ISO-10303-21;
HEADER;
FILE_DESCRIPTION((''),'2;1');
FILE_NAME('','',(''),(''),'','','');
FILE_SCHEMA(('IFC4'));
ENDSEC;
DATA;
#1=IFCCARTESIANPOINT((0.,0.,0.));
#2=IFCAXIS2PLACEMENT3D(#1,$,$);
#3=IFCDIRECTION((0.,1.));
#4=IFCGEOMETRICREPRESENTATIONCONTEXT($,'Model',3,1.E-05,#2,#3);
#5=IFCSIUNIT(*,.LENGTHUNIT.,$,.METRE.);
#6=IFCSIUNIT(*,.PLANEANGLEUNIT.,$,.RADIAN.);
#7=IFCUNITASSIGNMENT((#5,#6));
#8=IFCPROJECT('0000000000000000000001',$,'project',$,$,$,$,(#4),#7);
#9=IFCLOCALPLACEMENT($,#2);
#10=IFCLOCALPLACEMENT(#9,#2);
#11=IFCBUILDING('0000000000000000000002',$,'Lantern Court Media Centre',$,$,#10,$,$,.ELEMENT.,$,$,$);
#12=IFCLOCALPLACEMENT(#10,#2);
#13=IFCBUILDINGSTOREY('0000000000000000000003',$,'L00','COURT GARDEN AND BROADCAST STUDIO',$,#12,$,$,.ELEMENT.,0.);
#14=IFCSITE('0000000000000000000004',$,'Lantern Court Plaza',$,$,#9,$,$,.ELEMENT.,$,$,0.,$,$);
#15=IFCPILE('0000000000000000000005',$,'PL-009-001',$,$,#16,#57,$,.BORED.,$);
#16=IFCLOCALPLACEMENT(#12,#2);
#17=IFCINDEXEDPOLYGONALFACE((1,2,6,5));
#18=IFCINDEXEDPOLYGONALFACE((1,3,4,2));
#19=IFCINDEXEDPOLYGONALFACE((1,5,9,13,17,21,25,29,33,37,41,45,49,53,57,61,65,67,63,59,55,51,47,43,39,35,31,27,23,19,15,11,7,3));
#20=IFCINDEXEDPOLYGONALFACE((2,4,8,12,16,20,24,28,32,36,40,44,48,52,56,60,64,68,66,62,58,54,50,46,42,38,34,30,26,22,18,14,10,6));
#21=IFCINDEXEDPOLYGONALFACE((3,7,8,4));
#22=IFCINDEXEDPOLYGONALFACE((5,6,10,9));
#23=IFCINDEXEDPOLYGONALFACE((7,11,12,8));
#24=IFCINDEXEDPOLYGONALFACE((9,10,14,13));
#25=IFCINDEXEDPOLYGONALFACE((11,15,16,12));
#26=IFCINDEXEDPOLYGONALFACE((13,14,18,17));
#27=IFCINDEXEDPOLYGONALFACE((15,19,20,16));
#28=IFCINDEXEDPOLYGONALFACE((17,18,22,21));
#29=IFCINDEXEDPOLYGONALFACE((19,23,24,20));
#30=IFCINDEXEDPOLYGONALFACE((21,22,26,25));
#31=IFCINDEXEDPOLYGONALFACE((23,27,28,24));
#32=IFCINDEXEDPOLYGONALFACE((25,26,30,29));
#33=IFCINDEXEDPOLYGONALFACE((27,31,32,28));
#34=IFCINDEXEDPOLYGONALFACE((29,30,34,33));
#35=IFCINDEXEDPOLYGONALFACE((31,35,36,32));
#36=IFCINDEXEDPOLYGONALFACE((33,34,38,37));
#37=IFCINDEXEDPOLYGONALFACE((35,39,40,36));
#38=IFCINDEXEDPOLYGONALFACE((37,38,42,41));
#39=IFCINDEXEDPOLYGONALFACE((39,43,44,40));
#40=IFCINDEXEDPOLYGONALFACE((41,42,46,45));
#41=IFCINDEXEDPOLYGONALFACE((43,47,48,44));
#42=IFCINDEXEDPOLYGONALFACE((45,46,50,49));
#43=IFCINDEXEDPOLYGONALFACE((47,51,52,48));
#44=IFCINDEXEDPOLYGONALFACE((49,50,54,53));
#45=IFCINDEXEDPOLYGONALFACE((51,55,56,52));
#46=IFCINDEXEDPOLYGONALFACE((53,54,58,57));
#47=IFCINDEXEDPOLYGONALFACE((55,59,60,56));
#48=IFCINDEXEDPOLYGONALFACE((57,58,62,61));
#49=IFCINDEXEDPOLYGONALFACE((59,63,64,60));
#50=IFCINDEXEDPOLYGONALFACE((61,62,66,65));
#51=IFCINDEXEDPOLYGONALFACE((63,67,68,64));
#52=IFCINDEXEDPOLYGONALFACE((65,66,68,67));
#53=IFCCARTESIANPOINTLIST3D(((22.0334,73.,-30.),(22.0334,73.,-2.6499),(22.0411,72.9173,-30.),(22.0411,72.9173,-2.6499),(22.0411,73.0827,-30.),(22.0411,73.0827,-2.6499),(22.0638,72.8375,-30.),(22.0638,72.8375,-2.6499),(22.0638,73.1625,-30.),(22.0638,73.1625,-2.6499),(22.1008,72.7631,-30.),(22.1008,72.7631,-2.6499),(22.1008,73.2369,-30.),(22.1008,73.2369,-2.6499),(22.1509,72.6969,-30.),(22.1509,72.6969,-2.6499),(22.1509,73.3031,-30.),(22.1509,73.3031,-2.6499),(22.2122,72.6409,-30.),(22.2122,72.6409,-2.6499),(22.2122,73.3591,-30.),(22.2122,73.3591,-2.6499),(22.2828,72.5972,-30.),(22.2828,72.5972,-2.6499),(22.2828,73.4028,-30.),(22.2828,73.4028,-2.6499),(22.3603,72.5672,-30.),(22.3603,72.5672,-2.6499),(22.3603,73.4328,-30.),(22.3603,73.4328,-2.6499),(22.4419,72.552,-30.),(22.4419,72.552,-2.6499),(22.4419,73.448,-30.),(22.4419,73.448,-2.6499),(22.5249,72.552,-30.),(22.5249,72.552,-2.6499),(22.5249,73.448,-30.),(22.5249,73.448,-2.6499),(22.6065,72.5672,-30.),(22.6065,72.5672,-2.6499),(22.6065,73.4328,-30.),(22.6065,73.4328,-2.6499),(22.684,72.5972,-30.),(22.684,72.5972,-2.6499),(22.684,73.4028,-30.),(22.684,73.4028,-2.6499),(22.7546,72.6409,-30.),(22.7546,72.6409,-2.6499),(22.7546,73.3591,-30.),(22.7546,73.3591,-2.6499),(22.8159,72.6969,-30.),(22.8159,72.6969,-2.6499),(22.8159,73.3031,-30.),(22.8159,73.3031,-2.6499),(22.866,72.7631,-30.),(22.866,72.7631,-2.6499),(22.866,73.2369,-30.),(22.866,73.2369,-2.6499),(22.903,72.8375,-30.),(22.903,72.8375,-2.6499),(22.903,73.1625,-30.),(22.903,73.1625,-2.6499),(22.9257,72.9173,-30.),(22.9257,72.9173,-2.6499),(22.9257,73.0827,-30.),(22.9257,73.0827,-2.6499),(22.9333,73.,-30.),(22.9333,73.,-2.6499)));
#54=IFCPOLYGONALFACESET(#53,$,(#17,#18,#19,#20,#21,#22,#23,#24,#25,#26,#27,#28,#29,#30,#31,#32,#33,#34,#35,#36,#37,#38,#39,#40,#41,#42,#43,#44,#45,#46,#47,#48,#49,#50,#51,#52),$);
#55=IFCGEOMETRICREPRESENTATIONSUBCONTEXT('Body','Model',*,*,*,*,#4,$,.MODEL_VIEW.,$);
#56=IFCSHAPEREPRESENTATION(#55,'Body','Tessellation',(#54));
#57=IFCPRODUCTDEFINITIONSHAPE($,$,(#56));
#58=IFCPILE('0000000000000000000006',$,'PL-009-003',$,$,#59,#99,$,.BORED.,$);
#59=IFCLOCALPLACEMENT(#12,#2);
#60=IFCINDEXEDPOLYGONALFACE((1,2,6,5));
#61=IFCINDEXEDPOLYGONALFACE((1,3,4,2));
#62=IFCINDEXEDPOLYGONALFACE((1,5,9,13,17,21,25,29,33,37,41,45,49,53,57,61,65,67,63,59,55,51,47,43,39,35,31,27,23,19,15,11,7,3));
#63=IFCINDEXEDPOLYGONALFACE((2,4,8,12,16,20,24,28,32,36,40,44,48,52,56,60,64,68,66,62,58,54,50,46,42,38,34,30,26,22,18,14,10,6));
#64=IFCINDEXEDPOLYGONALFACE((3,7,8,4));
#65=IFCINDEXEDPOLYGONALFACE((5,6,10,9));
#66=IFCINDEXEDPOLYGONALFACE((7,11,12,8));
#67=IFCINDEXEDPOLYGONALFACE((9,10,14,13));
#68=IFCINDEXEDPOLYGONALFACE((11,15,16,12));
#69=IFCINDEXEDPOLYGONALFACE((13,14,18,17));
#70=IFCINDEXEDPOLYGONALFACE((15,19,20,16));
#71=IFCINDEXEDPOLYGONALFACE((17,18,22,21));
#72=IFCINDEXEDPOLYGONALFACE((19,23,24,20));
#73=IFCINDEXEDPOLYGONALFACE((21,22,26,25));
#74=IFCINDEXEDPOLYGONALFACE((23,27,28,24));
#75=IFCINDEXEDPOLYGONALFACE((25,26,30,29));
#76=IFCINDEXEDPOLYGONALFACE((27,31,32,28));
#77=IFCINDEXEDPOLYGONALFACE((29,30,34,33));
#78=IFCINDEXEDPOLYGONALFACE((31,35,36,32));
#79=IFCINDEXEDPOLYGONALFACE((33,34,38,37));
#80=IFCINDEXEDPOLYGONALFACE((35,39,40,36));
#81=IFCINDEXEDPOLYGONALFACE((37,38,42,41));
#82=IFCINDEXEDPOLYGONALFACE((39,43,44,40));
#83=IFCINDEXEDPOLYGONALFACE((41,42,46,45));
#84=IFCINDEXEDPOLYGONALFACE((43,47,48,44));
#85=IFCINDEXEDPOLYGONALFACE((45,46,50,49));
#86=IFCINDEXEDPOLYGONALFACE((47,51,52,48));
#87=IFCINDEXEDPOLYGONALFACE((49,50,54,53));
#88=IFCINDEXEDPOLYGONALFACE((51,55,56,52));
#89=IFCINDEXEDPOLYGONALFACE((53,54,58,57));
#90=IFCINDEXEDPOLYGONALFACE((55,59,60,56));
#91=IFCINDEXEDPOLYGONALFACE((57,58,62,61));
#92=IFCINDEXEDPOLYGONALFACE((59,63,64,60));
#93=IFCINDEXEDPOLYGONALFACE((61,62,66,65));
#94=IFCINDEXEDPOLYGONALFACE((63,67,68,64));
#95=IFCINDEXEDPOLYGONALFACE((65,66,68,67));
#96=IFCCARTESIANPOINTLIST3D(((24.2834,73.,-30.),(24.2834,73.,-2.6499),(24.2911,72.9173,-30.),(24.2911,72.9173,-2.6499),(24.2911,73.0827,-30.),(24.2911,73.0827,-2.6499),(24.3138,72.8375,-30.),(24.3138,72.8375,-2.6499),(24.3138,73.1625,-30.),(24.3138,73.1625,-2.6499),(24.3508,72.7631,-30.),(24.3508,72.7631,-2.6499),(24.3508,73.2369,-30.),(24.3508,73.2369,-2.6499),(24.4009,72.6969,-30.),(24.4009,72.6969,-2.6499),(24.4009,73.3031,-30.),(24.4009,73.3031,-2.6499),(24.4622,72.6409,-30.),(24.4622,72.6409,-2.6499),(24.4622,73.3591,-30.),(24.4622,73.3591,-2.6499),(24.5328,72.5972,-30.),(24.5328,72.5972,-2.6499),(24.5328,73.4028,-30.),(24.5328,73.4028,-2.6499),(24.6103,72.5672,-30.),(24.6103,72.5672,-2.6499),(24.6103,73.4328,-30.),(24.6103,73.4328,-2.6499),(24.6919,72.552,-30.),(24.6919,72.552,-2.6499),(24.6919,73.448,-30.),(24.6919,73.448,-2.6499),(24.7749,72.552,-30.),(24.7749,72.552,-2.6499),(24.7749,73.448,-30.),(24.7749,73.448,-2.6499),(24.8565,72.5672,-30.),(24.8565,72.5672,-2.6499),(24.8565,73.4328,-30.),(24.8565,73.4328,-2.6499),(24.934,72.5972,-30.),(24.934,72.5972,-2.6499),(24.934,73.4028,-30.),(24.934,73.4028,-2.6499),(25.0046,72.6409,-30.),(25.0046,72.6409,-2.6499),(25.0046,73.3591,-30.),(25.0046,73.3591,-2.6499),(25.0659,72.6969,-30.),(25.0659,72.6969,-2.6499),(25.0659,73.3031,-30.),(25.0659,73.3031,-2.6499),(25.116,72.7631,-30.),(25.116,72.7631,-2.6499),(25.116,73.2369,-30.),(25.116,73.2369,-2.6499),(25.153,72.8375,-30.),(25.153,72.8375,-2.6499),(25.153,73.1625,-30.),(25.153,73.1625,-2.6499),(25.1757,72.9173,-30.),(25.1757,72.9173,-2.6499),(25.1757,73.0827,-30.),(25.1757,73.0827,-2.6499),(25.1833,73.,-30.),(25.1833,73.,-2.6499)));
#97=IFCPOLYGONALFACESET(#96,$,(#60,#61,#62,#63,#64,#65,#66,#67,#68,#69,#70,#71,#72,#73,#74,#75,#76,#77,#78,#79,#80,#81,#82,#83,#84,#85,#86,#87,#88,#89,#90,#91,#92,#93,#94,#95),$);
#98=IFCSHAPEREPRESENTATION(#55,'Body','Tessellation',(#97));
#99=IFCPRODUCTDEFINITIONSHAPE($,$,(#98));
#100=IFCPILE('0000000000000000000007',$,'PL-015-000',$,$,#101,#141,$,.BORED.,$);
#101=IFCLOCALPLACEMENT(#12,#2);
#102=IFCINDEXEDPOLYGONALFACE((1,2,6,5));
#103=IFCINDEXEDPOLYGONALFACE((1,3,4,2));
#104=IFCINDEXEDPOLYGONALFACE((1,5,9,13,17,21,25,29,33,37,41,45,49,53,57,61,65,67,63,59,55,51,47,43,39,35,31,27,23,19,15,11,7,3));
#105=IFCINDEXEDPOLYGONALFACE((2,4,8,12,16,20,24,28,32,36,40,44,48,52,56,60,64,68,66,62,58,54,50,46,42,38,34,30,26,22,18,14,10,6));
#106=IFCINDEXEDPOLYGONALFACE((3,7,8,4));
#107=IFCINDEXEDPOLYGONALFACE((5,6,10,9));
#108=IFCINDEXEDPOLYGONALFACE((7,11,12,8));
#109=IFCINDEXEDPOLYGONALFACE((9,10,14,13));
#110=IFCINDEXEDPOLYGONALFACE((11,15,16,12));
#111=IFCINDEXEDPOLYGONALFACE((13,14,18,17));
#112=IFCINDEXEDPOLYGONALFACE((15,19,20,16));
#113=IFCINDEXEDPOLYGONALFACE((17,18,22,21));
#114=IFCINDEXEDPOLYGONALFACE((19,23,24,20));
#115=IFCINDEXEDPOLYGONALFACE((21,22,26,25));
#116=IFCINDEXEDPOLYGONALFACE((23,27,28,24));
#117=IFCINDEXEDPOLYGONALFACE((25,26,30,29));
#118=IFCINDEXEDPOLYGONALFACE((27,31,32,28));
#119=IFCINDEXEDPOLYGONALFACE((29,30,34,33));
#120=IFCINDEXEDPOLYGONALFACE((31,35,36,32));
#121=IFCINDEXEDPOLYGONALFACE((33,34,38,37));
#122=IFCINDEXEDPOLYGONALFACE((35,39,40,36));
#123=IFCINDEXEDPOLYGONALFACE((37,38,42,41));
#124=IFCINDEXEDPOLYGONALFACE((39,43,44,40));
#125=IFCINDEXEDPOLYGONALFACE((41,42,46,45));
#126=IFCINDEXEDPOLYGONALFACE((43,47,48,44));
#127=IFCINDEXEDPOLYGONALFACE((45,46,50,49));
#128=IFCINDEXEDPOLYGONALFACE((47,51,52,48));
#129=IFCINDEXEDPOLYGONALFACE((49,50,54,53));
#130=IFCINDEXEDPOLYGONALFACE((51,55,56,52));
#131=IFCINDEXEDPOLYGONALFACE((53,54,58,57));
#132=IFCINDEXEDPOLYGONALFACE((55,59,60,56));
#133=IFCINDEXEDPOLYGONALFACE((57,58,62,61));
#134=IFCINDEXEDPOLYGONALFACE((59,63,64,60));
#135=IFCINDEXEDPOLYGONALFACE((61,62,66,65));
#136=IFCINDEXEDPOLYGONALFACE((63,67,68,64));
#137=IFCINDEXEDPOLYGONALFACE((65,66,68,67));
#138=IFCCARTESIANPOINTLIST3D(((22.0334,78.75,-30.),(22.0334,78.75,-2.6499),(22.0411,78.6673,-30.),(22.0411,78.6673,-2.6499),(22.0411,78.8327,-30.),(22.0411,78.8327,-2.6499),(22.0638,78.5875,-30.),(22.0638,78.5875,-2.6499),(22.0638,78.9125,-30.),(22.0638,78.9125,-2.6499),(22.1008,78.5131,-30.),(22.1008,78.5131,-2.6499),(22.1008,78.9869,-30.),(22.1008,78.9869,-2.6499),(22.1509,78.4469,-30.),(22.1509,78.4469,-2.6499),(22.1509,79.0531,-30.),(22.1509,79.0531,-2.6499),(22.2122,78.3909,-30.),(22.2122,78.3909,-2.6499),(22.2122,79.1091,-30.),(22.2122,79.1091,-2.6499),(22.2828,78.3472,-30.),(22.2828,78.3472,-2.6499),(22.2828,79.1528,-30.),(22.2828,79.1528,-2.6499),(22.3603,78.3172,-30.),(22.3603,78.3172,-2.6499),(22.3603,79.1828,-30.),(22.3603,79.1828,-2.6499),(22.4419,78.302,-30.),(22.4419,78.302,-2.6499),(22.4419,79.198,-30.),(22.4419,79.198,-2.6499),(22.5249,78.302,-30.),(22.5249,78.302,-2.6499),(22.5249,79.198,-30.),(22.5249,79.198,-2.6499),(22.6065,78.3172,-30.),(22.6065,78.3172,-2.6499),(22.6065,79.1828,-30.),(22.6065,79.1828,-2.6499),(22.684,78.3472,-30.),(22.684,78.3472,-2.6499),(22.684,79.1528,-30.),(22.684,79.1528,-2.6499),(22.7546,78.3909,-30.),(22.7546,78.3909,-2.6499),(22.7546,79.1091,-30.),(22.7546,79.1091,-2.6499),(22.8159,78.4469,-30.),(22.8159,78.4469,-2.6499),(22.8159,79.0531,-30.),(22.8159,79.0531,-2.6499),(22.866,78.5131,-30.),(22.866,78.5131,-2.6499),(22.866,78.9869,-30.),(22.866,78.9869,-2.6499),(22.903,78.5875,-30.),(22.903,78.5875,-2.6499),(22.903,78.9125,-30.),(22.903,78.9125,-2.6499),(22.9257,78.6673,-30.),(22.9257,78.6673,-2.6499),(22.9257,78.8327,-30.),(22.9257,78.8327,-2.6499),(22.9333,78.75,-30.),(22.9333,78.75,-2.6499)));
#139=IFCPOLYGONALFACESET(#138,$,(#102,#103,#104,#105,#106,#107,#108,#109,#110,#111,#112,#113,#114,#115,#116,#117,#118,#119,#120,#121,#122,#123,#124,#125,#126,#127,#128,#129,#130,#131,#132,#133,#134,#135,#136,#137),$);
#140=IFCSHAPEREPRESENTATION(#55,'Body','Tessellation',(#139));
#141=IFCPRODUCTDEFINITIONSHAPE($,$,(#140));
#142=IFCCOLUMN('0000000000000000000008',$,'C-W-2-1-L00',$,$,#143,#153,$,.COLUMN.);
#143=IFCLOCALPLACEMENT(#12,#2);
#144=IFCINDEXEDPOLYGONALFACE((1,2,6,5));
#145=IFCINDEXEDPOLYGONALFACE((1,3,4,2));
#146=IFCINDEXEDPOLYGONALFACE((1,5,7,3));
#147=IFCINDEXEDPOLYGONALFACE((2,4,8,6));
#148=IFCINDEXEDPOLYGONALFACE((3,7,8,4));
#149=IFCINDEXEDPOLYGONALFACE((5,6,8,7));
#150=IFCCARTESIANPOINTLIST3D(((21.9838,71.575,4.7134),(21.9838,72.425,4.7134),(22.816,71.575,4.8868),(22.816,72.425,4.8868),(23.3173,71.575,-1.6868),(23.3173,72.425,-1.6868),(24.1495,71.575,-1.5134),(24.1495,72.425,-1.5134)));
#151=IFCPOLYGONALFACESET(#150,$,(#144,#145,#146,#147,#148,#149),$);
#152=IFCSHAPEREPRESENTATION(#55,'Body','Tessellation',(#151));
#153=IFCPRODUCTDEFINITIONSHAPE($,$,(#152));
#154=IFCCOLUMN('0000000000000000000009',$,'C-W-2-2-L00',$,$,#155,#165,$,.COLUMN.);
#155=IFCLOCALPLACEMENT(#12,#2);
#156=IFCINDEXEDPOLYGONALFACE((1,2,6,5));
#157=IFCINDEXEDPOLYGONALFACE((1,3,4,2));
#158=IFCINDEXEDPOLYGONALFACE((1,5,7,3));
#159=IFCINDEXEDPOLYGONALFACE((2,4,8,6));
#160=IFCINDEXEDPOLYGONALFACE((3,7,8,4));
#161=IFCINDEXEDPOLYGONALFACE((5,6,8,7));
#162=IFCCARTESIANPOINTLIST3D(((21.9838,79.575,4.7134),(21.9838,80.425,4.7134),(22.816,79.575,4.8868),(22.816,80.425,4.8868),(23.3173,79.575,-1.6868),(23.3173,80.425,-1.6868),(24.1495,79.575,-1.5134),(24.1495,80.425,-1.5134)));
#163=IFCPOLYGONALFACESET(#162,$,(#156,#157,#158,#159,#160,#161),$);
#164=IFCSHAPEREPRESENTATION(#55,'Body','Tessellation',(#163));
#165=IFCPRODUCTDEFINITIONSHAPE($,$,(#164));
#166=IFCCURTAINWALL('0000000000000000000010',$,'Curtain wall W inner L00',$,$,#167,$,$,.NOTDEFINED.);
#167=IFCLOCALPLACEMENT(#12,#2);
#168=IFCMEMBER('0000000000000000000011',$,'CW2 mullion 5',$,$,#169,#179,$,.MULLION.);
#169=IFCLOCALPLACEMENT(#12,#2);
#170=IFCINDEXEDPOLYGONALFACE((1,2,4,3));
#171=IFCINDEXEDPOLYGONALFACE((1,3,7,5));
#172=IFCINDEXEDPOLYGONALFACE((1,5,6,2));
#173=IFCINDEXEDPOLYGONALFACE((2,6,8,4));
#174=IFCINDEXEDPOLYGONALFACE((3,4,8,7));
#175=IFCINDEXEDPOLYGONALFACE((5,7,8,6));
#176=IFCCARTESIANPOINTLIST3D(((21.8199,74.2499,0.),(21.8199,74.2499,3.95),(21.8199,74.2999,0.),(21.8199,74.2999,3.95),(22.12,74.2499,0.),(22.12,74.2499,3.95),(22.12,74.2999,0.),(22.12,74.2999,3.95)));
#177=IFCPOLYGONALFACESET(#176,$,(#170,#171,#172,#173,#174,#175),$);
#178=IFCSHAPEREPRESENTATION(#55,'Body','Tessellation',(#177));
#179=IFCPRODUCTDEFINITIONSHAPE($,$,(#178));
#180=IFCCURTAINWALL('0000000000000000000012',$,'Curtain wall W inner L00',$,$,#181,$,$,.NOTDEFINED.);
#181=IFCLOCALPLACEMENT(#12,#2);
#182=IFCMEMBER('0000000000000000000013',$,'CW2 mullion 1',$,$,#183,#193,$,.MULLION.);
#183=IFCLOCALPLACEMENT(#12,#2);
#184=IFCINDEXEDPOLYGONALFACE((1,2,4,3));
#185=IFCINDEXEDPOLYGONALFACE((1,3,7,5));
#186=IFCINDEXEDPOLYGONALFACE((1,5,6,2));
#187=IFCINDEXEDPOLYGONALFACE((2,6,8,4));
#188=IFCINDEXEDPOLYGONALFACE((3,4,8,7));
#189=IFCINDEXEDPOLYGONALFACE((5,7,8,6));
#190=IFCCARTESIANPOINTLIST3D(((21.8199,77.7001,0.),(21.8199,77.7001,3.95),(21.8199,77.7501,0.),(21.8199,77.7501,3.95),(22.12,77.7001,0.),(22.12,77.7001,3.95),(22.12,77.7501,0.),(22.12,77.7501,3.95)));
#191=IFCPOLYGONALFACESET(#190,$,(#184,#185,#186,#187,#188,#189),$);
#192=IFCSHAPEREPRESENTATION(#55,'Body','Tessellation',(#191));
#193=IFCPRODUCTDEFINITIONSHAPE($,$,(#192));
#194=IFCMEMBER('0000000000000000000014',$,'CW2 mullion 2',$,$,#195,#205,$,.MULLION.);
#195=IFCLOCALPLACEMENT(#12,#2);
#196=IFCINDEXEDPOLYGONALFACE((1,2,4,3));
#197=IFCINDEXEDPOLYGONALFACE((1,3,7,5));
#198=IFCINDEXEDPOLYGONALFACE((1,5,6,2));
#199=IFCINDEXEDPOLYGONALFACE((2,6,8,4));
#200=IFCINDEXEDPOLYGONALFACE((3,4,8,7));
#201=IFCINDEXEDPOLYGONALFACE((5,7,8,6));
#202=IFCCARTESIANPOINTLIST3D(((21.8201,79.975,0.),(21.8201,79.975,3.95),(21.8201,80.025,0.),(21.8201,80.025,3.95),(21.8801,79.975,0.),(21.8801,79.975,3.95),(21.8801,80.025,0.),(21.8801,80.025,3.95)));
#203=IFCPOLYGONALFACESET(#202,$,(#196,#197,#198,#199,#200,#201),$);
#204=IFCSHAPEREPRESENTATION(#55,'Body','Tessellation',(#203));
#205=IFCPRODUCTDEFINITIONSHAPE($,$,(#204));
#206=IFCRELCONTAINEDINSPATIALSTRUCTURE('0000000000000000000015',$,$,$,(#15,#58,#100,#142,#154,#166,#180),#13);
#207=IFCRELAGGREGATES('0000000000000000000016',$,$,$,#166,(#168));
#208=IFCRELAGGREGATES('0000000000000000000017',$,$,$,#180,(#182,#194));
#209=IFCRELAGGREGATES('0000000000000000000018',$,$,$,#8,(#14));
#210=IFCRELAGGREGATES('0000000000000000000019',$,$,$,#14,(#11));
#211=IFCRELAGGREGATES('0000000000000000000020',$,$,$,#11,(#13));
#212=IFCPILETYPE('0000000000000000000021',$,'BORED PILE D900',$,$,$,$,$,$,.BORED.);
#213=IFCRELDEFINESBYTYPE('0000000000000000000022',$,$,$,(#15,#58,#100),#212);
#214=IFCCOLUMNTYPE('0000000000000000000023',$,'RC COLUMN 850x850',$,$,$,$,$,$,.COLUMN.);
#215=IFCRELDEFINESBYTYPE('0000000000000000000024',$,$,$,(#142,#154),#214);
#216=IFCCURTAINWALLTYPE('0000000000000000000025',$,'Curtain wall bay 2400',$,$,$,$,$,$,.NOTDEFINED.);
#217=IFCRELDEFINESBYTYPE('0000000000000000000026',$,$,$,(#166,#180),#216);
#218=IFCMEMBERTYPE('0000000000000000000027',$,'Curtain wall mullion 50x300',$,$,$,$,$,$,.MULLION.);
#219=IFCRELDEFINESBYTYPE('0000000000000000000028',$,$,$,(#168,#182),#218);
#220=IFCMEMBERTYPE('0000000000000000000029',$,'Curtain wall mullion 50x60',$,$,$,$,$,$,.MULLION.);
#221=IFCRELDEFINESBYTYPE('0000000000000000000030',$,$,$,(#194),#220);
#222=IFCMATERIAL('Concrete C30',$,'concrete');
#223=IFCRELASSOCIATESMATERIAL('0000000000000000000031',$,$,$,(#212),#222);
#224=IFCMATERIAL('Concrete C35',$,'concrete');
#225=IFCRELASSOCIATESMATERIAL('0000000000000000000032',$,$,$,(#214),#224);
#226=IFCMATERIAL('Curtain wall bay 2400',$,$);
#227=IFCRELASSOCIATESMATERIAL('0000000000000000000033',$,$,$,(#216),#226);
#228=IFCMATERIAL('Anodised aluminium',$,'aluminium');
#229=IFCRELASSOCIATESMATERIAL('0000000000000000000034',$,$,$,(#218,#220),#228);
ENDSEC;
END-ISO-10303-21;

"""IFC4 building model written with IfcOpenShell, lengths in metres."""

from ifc_helpers import new_model, si_unit, direction, frame, origin, origin_2d, place, context, subcontext, project, spatial, rectangle, circle, extrude, material, material_profile, profile_set, type_object, element, aggregate, save


model = new_model("IFC4")

# Units and contexts
model_context = context("Model", 3, precision=1e-05, world=origin(), true_north=direction((0.0, 1.0)))
body_context = subcontext(model_context, "Body", "Model", "MODEL_VIEW")
ifc_project = project(units=[si_unit("LENGTHUNIT", "METRE"), si_unit("PLANEANGLEUNIT", "RADIAN")], contexts=[model_context])

# Site, building, storey
site_placement = place(None, origin())
site = spatial("IfcSite", under=ifc_project, at=site_placement, Name="Lantern Court Plaza", CompositionType="ELEMENT", RefElevation=0.0)
building_placement = place(site_placement, origin())
building = spatial("IfcBuilding", under=site, at=building_placement, Name="Lantern Court Media Centre", CompositionType="ELEMENT")
storey_placement = place(building_placement, origin())
storey = spatial("IfcBuildingStorey", under=building, at=storey_placement, Name="L00", Description="COURT GARDEN AND BROADCAST STUDIO", CompositionType="ELEMENT", Elevation=0.0)

# Piles
ifc_material_1 = material(Name="Concrete C30", Category="concrete")
ifc_material_profile_1 = material_profile(ifc_material_1, circle(Radius=0.45, at=origin_2d()), Name="D900")
ifc_profile_set_1 = profile_set([ifc_material_profile_1], Name="Concrete C30")
pile_type = type_object("IfcPileType", Name="BORED PILE D900", PredefinedType="BORED", material=ifc_profile_set_1)
for number, where, z_axis, x_axis, name in (
    (1, (22.4834, 73.0, -2.6499), (0.0, 0.0, -1.0), (1.0, 0.0, 0.0), "PL-009-001"),
    (2, (24.7334, 73.0, -2.6499), (0.0, 0.0, -1.0), (1.0, 0.0, 0.0), "PL-009-003"),
    (3, (22.4834, 78.75, -2.6499), (0.0, 0.0, -1.0), (1.0, 0.0, 0.0), "PL-015-000"),
):
    element("IfcPile", number, at=place(storey_placement, frame(where, z_axis=z_axis, x_axis=x_axis)), inside=storey, type_object=pile_type, Name=name, PredefinedType="BORED", context=body_context, shape_type="SweptSolid", body=[
        extrude(circle(Radius=0.45, at=origin_2d()), origin(), (0.0, 0.0, 1.0), 27.3501),
    ])

# Columns
ifc_material_2 = material(Name="Concrete C35", Category="concrete")
ifc_material_profile_2 = material_profile(ifc_material_2, rectangle(XDim=0.8501, YDim=0.8501, at=origin_2d()), Name="RC 850x850")
ifc_profile_set_2 = profile_set([ifc_material_profile_2], Name="Concrete C35")
column_type = type_object("IfcColumnType", Name="RC COLUMN 850x850", PredefinedType="COLUMN", material=ifc_profile_set_2)
for number, where, z_axis, x_axis, name in (
    (4, (23.7334, 72.0, -1.6001), (-0.203974, 0.0, 0.978976), (0.0, -1.0, 0.0), "C-W-2-1-L00"),
    (5, (23.7334, 80.0, -1.6001), (-0.203974, 0.0, 0.978976), (0.0, -1.0, 0.0), "C-W-2-2-L00"),
):
    element("IfcColumn", number, at=place(storey_placement, frame(where, z_axis=z_axis, x_axis=x_axis)), inside=storey, type_object=column_type, Name=name, PredefinedType="COLUMN", context=body_context, shape_type="SweptSolid", body=[
        extrude(rectangle(XDim=0.8501, YDim=0.8501, at=origin_2d()), origin(), (0.0, 0.0, 1.0), 6.5376),
    ])

# Curtain wall, member
ifc_material_3 = material(Name="Curtain wall bay 2400")
curtain_wall_type_1 = type_object("IfcCurtainWallType", Name="Curtain wall bay 2400", PredefinedType="NOTDEFINED", material=ifc_material_3)
curtain_wall_1_placement = place(storey_placement, origin())
curtain_wall_1 = element("IfcCurtainWall", 6, at=curtain_wall_1_placement, inside=storey, type_object=curtain_wall_type_1, Name="Curtain wall W inner L00", PredefinedType="NOTDEFINED")
ifc_material_4 = material(Name="Anodised aluminium", Category="aluminium")
ifc_material_profile_3 = material_profile(ifc_material_4, rectangle(XDim=0.3, YDim=0.05, at=origin_2d()), Name="AL 50x300")
ifc_profile_set_3 = profile_set([ifc_material_profile_3], Name="Anodised aluminium")
member_type_1 = type_object("IfcMemberType", Name="Curtain wall mullion 50x300", PredefinedType="MULLION", material=ifc_profile_set_3)
member_1_placement = place(storey_placement, frame((21.97, 74.2749, 0.0), z_axis=(0.0, 0.0, 1.0), x_axis=(-1.0, 0.0, 0.0)))
member_1 = element("IfcMember", 7, at=member_1_placement, type_object=member_type_1, Name="CW2 mullion 5", PredefinedType="MULLION", context=body_context, shape_type="SweptSolid", body=[
    extrude(rectangle(XDim=0.3, YDim=0.05, at=origin_2d()), origin(), (0.0, 0.0, 1.0), 3.95),
])
aggregate(curtain_wall_1, [member_1])

# Curtain wall, members
curtain_wall_2_placement = place(storey_placement, origin())
curtain_wall_2 = element("IfcCurtainWall", 8, at=curtain_wall_2_placement, inside=storey, type_object=curtain_wall_type_1, Name="Curtain wall W inner L00", PredefinedType="NOTDEFINED")
member_2_placement = place(storey_placement, frame((21.97, 77.7251, 0.0), z_axis=(0.0, 0.0, 1.0), x_axis=(-1.0, 0.0, 0.0)))
member_2 = element("IfcMember", 9, at=member_2_placement, type_object=member_type_1, Name="CW2 mullion 1", PredefinedType="MULLION", context=body_context, shape_type="SweptSolid", body=[
    extrude(rectangle(XDim=0.3, YDim=0.05, at=origin_2d()), origin(), (0.0, 0.0, 1.0), 3.95),
])
ifc_material_profile_4 = material_profile(ifc_material_4, rectangle(XDim=0.0601, YDim=0.05, at=origin_2d()), Name="AL 50x60")
ifc_profile_set_4 = profile_set([ifc_material_profile_4], Name="Anodised aluminium")
member_type_2 = type_object("IfcMemberType", Name="Curtain wall mullion 50x60", PredefinedType="MULLION", material=ifc_profile_set_4)
member_3_placement = place(storey_placement, frame((21.8501, 80.0, 0.0), z_axis=(0.0, 0.0, 1.0), x_axis=(-1.0, 0.0, 0.0)))
member_3 = element("IfcMember", 10, at=member_3_placement, type_object=member_type_2, Name="CW2 mullion 2", PredefinedType="MULLION", context=body_context, shape_type="SweptSolid", body=[
    extrude(rectangle(XDim=0.0601, YDim=0.05, at=origin_2d()), origin(), (0.0, 0.0, 1.0), 3.95),
])

aggregate(curtain_wall_2, [member_2, member_3])

save(model, "model.ifc")
